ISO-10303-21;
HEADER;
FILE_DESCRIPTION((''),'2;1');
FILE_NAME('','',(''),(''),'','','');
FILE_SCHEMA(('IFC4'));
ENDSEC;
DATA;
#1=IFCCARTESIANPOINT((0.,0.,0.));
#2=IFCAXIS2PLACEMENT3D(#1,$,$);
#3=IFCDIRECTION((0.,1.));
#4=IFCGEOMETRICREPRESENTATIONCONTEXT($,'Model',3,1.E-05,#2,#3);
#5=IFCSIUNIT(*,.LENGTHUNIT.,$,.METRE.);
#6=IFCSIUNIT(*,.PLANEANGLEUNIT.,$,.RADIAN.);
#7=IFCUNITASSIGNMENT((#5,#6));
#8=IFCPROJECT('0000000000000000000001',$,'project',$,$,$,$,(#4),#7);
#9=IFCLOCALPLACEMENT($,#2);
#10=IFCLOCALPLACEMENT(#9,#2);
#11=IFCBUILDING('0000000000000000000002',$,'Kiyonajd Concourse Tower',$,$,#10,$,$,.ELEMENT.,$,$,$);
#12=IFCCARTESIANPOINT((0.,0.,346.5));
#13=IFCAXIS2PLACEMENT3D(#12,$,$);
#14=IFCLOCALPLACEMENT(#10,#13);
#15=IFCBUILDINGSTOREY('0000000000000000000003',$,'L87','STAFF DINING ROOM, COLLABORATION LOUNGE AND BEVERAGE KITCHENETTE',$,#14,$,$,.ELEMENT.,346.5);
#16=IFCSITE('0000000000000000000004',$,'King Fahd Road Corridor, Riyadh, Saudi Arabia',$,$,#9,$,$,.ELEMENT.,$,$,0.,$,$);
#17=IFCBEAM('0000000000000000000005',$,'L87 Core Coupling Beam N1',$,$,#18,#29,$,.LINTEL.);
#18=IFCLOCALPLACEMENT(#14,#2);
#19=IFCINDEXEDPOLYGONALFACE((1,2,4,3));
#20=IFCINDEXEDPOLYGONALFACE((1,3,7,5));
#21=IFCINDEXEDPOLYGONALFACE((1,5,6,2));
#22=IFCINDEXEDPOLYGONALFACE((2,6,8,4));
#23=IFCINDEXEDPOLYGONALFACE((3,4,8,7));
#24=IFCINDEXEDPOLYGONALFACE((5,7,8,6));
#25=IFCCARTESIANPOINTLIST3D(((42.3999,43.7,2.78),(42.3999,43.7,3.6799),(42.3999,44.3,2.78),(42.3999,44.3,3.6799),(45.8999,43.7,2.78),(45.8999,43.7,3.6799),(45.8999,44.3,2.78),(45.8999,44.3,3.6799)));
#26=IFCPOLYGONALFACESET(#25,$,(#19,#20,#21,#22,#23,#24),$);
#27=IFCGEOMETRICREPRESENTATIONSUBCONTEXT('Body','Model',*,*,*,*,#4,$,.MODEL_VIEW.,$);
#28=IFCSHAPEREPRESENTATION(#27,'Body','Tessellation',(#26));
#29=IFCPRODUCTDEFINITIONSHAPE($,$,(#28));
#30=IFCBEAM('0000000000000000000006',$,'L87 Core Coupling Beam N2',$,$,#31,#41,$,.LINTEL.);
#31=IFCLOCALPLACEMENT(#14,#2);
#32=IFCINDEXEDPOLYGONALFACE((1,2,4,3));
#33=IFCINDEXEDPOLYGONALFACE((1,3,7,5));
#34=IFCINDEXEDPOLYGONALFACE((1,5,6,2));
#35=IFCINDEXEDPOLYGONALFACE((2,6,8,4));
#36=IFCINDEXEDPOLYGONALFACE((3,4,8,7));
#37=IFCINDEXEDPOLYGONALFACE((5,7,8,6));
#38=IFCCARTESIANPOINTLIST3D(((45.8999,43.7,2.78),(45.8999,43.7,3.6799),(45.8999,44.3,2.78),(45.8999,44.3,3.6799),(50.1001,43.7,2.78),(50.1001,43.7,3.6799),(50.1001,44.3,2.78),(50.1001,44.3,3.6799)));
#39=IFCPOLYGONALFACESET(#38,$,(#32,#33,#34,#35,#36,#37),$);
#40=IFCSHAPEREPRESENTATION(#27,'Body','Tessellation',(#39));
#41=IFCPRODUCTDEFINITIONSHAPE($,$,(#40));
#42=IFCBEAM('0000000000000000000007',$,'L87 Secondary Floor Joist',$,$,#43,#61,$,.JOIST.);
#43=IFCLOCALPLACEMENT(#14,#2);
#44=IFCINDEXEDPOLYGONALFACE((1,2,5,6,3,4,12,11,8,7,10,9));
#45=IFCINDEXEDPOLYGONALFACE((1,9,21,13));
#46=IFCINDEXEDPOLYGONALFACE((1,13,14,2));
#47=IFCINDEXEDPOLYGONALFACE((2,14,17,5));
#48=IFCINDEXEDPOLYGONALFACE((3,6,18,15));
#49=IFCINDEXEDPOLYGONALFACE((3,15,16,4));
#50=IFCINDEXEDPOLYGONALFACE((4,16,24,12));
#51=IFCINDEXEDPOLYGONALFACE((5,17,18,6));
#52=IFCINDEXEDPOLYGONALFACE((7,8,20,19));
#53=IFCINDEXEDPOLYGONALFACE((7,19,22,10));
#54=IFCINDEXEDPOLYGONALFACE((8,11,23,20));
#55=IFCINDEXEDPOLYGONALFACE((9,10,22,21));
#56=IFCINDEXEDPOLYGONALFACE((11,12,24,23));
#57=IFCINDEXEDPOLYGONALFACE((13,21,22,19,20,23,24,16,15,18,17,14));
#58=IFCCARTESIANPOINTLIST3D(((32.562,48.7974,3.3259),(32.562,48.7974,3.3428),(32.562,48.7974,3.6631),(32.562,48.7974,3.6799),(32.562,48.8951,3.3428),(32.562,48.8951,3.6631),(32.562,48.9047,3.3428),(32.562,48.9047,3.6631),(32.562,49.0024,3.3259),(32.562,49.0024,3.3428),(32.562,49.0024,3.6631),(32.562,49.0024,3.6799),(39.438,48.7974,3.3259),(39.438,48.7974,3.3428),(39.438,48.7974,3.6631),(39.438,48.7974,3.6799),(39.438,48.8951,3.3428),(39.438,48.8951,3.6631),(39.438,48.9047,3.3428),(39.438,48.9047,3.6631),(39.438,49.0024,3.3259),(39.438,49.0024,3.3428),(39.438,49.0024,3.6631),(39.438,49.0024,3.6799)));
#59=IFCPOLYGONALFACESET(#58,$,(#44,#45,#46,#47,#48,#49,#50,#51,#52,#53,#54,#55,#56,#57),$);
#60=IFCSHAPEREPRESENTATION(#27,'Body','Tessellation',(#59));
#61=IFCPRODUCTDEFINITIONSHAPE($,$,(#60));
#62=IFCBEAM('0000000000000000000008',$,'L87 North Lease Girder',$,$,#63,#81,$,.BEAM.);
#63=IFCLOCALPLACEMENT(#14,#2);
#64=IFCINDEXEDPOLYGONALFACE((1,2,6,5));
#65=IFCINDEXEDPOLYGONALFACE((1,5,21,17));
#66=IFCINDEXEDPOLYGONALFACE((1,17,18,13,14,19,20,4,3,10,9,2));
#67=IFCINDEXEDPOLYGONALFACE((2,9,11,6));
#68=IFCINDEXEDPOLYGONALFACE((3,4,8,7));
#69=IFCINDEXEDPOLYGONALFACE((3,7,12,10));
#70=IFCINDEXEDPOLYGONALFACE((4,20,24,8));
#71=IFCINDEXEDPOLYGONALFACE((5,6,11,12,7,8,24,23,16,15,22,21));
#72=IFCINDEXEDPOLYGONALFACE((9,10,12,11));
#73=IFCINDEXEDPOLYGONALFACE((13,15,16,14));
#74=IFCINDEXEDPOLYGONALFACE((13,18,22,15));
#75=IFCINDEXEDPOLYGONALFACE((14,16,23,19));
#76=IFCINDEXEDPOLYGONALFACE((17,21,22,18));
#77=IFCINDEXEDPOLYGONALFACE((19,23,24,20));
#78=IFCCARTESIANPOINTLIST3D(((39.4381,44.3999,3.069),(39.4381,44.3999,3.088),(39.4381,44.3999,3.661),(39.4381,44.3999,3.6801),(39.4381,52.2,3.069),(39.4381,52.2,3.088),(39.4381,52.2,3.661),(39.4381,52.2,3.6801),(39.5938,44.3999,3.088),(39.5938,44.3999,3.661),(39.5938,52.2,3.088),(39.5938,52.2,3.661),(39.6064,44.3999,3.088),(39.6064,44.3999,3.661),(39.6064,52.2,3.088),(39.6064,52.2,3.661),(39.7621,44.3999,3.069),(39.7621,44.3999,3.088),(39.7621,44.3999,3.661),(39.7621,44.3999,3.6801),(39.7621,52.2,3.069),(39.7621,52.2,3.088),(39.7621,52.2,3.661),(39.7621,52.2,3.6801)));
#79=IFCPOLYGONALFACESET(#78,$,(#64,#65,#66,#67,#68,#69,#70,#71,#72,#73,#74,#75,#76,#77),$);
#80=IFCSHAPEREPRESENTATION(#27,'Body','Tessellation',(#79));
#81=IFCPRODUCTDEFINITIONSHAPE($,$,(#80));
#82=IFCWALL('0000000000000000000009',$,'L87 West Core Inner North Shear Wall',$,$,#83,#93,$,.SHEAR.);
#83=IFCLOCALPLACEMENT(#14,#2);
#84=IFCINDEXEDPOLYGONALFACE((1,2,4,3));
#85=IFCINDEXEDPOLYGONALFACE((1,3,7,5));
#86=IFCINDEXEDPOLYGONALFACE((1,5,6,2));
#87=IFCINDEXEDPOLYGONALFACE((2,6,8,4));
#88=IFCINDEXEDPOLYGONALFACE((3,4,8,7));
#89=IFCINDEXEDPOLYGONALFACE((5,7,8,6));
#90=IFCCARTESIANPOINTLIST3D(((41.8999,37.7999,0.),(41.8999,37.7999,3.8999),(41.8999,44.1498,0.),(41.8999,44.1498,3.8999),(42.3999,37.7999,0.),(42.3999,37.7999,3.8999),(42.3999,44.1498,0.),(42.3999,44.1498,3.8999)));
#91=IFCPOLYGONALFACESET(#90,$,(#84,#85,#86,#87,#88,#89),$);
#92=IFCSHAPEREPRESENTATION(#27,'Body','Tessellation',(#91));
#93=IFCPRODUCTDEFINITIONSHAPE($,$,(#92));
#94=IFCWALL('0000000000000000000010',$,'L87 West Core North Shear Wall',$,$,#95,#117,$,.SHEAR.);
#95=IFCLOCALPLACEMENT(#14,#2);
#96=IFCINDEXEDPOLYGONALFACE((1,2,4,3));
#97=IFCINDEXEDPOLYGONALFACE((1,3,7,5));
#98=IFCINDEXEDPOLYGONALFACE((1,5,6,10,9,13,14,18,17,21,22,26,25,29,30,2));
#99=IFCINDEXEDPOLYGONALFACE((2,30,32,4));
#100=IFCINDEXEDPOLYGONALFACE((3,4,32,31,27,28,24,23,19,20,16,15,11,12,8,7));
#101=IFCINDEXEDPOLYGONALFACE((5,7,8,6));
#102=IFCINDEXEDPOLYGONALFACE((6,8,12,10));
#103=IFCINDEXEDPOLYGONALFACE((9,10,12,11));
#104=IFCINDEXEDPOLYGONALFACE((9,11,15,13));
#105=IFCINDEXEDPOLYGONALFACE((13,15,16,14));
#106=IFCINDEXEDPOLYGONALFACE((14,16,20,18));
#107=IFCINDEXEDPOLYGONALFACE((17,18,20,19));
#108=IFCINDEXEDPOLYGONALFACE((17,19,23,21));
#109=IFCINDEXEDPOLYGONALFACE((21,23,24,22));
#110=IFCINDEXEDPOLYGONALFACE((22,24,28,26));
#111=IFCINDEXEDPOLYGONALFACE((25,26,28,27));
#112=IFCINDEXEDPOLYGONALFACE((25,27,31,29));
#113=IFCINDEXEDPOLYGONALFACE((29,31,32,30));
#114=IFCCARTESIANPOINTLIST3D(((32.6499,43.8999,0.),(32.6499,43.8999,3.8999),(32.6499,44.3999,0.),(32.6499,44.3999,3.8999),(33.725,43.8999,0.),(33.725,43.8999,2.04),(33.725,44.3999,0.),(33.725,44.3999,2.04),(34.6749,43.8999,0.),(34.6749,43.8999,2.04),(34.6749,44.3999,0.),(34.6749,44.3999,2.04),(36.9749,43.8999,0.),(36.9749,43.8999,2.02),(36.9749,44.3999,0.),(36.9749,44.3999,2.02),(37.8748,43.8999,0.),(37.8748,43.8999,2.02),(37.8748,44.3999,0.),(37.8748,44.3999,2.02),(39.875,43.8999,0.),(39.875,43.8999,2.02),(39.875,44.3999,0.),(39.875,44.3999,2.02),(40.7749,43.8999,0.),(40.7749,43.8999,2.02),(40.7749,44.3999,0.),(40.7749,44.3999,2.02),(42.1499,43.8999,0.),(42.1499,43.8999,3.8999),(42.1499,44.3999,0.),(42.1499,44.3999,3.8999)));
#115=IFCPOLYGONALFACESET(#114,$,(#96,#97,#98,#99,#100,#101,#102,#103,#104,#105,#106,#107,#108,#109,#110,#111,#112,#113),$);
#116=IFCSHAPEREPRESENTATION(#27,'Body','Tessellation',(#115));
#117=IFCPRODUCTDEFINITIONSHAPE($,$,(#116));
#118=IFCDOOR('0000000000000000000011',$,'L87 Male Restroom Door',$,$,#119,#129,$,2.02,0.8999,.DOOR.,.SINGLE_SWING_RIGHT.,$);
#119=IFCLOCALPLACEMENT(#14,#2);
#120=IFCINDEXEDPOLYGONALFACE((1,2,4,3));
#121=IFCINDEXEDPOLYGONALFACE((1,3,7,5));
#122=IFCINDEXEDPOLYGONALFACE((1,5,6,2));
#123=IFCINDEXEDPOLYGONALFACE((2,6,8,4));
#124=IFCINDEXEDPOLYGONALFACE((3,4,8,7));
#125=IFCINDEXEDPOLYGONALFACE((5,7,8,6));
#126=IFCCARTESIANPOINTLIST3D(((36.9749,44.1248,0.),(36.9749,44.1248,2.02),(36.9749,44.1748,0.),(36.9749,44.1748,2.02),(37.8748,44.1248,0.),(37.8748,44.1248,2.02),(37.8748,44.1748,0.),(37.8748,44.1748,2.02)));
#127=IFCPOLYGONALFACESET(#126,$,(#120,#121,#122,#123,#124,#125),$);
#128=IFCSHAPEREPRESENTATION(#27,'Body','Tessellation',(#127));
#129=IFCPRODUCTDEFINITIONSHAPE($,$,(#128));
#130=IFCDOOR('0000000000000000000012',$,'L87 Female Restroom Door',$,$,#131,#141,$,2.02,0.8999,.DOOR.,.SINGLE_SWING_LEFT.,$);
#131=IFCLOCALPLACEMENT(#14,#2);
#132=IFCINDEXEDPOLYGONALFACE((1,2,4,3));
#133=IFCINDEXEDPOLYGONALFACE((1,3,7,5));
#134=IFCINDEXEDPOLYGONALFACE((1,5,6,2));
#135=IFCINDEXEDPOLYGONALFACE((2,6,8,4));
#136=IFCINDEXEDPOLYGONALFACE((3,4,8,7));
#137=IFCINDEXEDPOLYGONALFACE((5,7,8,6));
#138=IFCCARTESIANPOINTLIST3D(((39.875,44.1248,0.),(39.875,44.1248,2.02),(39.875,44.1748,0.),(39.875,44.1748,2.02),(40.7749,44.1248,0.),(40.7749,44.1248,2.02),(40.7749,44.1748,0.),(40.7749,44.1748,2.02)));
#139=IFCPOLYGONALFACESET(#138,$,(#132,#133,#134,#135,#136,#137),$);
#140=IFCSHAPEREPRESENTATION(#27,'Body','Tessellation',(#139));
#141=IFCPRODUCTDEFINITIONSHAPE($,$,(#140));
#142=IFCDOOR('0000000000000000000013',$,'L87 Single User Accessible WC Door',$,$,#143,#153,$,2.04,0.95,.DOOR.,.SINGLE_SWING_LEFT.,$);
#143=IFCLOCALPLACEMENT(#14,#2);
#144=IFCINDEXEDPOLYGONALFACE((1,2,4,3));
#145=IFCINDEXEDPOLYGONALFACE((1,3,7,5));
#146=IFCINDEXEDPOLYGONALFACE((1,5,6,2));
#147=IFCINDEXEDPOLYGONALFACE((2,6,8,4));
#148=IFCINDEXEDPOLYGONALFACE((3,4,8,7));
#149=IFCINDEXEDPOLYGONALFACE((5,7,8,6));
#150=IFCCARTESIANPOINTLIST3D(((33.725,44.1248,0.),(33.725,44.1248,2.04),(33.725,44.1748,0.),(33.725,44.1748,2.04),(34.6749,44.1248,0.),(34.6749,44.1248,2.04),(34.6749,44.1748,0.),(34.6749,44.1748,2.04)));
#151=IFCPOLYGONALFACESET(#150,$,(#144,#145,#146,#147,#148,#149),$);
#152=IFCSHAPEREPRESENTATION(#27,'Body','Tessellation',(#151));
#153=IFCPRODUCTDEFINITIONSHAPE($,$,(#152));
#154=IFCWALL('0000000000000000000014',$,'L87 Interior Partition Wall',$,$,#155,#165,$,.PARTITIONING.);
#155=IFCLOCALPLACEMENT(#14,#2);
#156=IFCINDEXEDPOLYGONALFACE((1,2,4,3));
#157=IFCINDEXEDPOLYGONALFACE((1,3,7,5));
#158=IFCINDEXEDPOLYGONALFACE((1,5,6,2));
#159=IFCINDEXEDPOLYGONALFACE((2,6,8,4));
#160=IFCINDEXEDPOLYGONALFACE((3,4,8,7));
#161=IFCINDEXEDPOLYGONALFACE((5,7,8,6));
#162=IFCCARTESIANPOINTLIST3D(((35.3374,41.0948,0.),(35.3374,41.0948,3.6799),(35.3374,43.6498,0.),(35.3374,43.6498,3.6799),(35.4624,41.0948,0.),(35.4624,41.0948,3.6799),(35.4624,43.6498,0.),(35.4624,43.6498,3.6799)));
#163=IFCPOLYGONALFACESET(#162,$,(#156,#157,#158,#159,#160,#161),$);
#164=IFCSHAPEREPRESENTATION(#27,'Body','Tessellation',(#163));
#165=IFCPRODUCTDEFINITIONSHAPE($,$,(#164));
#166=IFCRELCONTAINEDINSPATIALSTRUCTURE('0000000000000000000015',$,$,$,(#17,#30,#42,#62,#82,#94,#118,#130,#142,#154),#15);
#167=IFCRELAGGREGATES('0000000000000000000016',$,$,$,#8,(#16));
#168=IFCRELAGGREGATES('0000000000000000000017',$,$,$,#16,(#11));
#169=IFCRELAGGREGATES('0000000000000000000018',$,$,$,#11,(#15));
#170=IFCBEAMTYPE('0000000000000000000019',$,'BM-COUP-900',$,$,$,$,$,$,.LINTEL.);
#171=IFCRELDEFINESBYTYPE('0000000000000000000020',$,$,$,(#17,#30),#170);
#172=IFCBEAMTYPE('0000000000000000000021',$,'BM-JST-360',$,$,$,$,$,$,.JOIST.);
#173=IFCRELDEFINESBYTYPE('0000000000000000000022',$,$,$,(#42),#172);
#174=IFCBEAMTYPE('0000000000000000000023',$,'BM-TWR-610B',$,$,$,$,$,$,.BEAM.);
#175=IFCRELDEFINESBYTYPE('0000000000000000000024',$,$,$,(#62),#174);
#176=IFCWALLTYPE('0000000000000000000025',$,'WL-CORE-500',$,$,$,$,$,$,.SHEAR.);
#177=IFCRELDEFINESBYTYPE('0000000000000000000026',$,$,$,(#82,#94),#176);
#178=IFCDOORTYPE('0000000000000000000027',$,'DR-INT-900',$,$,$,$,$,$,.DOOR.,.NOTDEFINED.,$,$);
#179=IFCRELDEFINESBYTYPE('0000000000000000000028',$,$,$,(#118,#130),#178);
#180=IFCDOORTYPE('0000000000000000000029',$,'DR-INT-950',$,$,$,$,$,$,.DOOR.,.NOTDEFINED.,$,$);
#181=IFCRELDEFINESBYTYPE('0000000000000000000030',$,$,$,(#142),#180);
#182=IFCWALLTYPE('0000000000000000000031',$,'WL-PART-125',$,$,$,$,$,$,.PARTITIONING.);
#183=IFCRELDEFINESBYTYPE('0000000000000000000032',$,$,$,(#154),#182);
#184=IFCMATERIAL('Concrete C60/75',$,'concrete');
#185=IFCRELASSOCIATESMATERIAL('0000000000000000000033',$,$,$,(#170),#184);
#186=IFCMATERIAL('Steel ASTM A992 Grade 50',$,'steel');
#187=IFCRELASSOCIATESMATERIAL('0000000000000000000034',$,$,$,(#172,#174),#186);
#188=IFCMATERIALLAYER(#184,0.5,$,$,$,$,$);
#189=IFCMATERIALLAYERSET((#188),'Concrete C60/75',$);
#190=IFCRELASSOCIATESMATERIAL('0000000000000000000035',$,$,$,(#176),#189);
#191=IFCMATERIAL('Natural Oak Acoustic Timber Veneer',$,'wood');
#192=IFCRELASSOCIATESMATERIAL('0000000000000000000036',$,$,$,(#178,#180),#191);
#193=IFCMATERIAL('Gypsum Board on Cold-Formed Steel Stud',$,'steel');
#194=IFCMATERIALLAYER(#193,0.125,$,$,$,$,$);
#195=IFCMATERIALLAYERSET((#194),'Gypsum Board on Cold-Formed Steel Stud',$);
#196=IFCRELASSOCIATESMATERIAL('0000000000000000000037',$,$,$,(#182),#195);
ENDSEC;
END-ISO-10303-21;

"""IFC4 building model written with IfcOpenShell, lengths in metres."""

from ifc_helpers import new_model, si_unit, direction, frame, frame_2d, origin, origin_2d, place, context, subcontext, project, spatial, rectangle, i_section, extrude, material, layer, layer_set, material_profile, profile_set, type_object, element, fill, save


model = new_model("IFC4")

# Units and contexts
model_context = context("Model", 3, precision=1e-05, world=origin(), true_north=direction((0.0, 1.0)))
body_context = subcontext(model_context, "Body", "Model", "MODEL_VIEW")
ifc_project = project(units=[si_unit("LENGTHUNIT", "METRE"), si_unit("PLANEANGLEUNIT", "RADIAN")], contexts=[model_context])

# Site, building, storey
site_placement = place(None, origin())
site = spatial("IfcSite", under=ifc_project, at=site_placement, Name="King Fahd Road Corridor, Riyadh, Saudi Arabia", CompositionType="ELEMENT", RefElevation=0.0)
building_placement = place(site_placement, origin())
building = spatial("IfcBuilding", under=site, at=building_placement, Name="Kiyonajd Concourse Tower", CompositionType="ELEMENT")
storey_placement = place(building_placement, frame((0.0, 0.0, 346.5)))
storey = spatial("IfcBuildingStorey", under=building, at=storey_placement, Name="L87", Description="STAFF DINING ROOM, COLLABORATION LOUNGE AND BEVERAGE KITCHENETTE", CompositionType="ELEMENT", Elevation=346.5)

# Beams
ifc_material_1 = material(Name="Concrete C60/75", Category="concrete")
ifc_material_profile_1 = material_profile(ifc_material_1, rectangle(XDim=0.6001, YDim=0.8999, at=origin_2d()), Name="RCBM-600x900")
ifc_profile_set_1 = profile_set([ifc_material_profile_1], Name="Concrete C60/75")
beam_type_1 = type_object("IfcBeamType", Name="BM-COUP-900", PredefinedType="LINTEL", material=ifc_profile_set_1)
beam_1_placement = place(storey_placement, frame((42.3999, 44.0, 3.23), z_axis=(1.0, 0.0, 0.0), x_axis=(0.0, 1.0, 0.0)))
element("IfcBeam", 1, at=beam_1_placement, inside=storey, type_object=beam_type_1, Name="L87 Core Coupling Beam N1", PredefinedType="LINTEL", context=body_context, shape_type="SweptSolid", body=[
    extrude(rectangle(XDim=0.6001, YDim=0.8999, at=origin_2d()), origin(), (0.0, 0.0, 1.0), 3.5),
])
beam_2_placement = place(storey_placement, frame((45.8999, 44.0, 3.23), z_axis=(1.0, 0.0, 0.0), x_axis=(0.0, 1.0, 0.0)))
element("IfcBeam", 2, at=beam_2_placement, inside=storey, type_object=beam_type_1, Name="L87 Core Coupling Beam N2", PredefinedType="LINTEL", context=body_context, shape_type="SweptSolid", body=[
    extrude(rectangle(XDim=0.6001, YDim=0.8999, at=origin_2d()), origin(), (0.0, 0.0, 1.0), 4.2002),
])
ifc_material_2 = material(Name="Steel ASTM A992 Grade 50", Category="steel")
ifc_material_profile_2 = material_profile(ifc_material_2, i_section(OverallWidth=0.2051, OverallDepth=0.354, WebThickness=0.0095, FlangeThickness=0.0168, at=origin_2d()), Name="W360X79")
ifc_profile_set_2 = profile_set([ifc_material_profile_2], Name="Steel ASTM A992 Grade 50")
beam_type_2 = type_object("IfcBeamType", Name="BM-JST-360", PredefinedType="JOIST", material=ifc_profile_set_2)
beam_3_placement = place(storey_placement, frame((32.562, 48.8999, 3.5029), z_axis=(1.0, 0.0, 0.0), x_axis=(0.0, 1.0, 0.0)))
element("IfcBeam", 3, at=beam_3_placement, inside=storey, type_object=beam_type_2, Name="L87 Secondary Floor Joist", PredefinedType="JOIST", context=body_context, shape_type="SweptSolid", body=[
    extrude(i_section(OverallWidth=0.2051, OverallDepth=0.354, WebThickness=0.0095, FlangeThickness=0.0168, at=origin_2d()), origin(), (0.0, 0.0, 1.0), 6.876),
])
ifc_material_profile_3 = material_profile(ifc_material_2, i_section(OverallWidth=0.324, OverallDepth=0.6111, WebThickness=0.0127, FlangeThickness=0.019, at=origin_2d()), Name="W610X155")
ifc_profile_set_3 = profile_set([ifc_material_profile_3], Name="Steel ASTM A992 Grade 50")
beam_type_3 = type_object("IfcBeamType", Name="BM-TWR-610B", PredefinedType="BEAM", material=ifc_profile_set_3)
beam_4_placement = place(storey_placement, frame((39.6001, 44.3999, 3.3745), z_axis=(0.0, 1.0, 0.0), x_axis=(-1.0, 0.0, 0.0)))
element("IfcBeam", 4, at=beam_4_placement, inside=storey, type_object=beam_type_3, Name="L87 North Lease Girder", PredefinedType="BEAM", context=body_context, shape_type="SweptSolid", body=[
    extrude(i_section(OverallWidth=0.324, OverallDepth=0.6111, WebThickness=0.0127, FlangeThickness=0.019, at=origin_2d()), origin(), (0.0, 0.0, 1.0), 7.8),
])

# Wall
ifc_layer_1 = layer(ifc_material_1, 0.5)
ifc_layer_set_1 = layer_set([ifc_layer_1], Name="Concrete C60/75")
wall_type_1 = type_object("IfcWallType", Name="WL-CORE-500", PredefinedType="SHEAR", material=ifc_layer_set_1)
wall_1_placement = place(storey_placement, frame((42.1499, 37.8, 0.0), z_axis=(0.0, 0.0, 1.0), x_axis=(0.0, 1.0, 0.0)))
element("IfcWall", 5, at=wall_1_placement, inside=storey, type_object=wall_type_1, Name="L87 West Core Inner North Shear Wall", PredefinedType="SHEAR", context=body_context, shape_type="SweptSolid", body=[
    extrude(rectangle(XDim=6.3499, YDim=0.5, at=frame_2d((3.1748, 0.0))), origin(), (0.0, 0.0, 1.0), 3.8999),
])

# Wall, openings, doors
wall_2_placement = place(storey_placement, frame((32.6499, 44.1499, 0.0), z_axis=(0.0, 0.0, 1.0), x_axis=(1.0, 0.0, 0.0)))
wall_2 = element("IfcWall", 6, at=wall_2_placement, inside=storey, type_object=wall_type_1, Name="L87 West Core North Shear Wall", PredefinedType="SHEAR", context=body_context, shape_type="SweptSolid", body=[
    extrude(rectangle(XDim=9.5, YDim=0.5, at=frame_2d((4.75, 0.0))), origin(), (0.0, 0.0, 1.0), 3.8999),
])
opening_1_placement = place(wall_2_placement, frame((1.075, 0.0, 0.0)))
opening_1 = element("IfcOpeningElement", 7, at=opening_1_placement, cuts=wall_2, PredefinedType="OPENING", context=body_context, shape_type="SweptSolid", body=[
    extrude(rectangle(XDim=0.95, YDim=2.04, at=frame_2d((0.4751, 1.02))), frame((0.0, 0.26, 0.0), z_axis=(0.0, -1.0, 0.0), x_axis=(1.0, 0.0, 0.0)), (0.0, 0.0, 1.0), 0.52),
])
opening_2_placement = place(wall_2_placement, frame((4.325, 0.0, 0.0)))
opening_2 = element("IfcOpeningElement", 8, at=opening_2_placement, cuts=wall_2, PredefinedType="OPENING", context=body_context, shape_type="SweptSolid", body=[
    extrude(rectangle(XDim=0.8999, YDim=2.02, at=frame_2d((0.45, 1.01))), frame((0.0, 0.26, 0.0), z_axis=(0.0, -1.0, 0.0), x_axis=(1.0, 0.0, 0.0)), (0.0, 0.0, 1.0), 0.52),
])
opening_3_placement = place(wall_2_placement, frame((7.2251, 0.0, 0.0)))
opening_3 = element("IfcOpeningElement", 9, at=opening_3_placement, cuts=wall_2, PredefinedType="OPENING", context=body_context, shape_type="SweptSolid", body=[
    extrude(rectangle(XDim=0.8999, YDim=2.02, at=frame_2d((0.45, 1.01))), frame((0.0, 0.26, 0.0), z_axis=(0.0, -1.0, 0.0), x_axis=(1.0, 0.0, 0.0)), (0.0, 0.0, 1.0), 0.52),
])
ifc_material_3 = material(Name="Natural Oak Acoustic Timber Veneer", Category="wood")
door_type_1 = type_object("IfcDoorType", Name="DR-INT-900", OperationType="NOTDEFINED", PredefinedType="DOOR", material=ifc_material_3)
door_1_placement = place(opening_2_placement, origin())
door_1 = element("IfcDoor", 10, at=door_1_placement, inside=storey, type_object=door_type_1, Name="L87 Male Restroom Door", OperationType="SINGLE_SWING_RIGHT", OverallHeight=2.02, OverallWidth=0.8999, PredefinedType="DOOR", context=body_context, shape_type="SweptSolid", body=[
    extrude(rectangle(XDim=0.8999, YDim=2.02, at=frame_2d((0.45, 1.01))), frame((0.0, 0.0249, 0.0), z_axis=(0.0, -1.0, 0.0), x_axis=(1.0, 0.0, 0.0)), (0.0, 0.0, 1.0), 0.05),
])
fill(opening_2, door_1)
door_2_placement = place(opening_3_placement, origin())
door_2 = element("IfcDoor", 11, at=door_2_placement, inside=storey, type_object=door_type_1, Name="L87 Female Restroom Door", OperationType="SINGLE_SWING_LEFT", OverallHeight=2.02, OverallWidth=0.8999, PredefinedType="DOOR", context=body_context, shape_type="SweptSolid", body=[
    extrude(rectangle(XDim=0.8999, YDim=2.02, at=frame_2d((0.45, 1.01))), frame((0.0, 0.0249, 0.0), z_axis=(0.0, -1.0, 0.0), x_axis=(1.0, 0.0, 0.0)), (0.0, 0.0, 1.0), 0.05),
])
fill(opening_3, door_2)
door_type_2 = type_object("IfcDoorType", Name="DR-INT-950", OperationType="NOTDEFINED", PredefinedType="DOOR", material=ifc_material_3)
door_3_placement = place(opening_1_placement, origin())
door_3 = element("IfcDoor", 12, at=door_3_placement, inside=storey, type_object=door_type_2, Name="L87 Single User Accessible WC Door", OperationType="SINGLE_SWING_LEFT", OverallHeight=2.04, OverallWidth=0.95, PredefinedType="DOOR", context=body_context, shape_type="SweptSolid", body=[
    extrude(rectangle(XDim=0.95, YDim=2.04, at=frame_2d((0.4751, 1.02))), frame((0.0, 0.0249, 0.0), z_axis=(0.0, -1.0, 0.0), x_axis=(1.0, 0.0, 0.0)), (0.0, 0.0, 1.0), 0.05),
])
fill(opening_1, door_3)

# Wall
ifc_material_4 = material(Name="Gypsum Board on Cold-Formed Steel Stud", Category="steel")
ifc_layer_2 = layer(ifc_material_4, 0.125)
ifc_layer_set_2 = layer_set([ifc_layer_2], Name="Gypsum Board on Cold-Formed Steel Stud")
wall_type_2 = type_object("IfcWallType", Name="WL-PART-125", PredefinedType="PARTITIONING", material=ifc_layer_set_2)
for number, where, z_axis, x_axis, name in (
    (13, (35.3999, 41.095, 0.0), (0.0, 0.0, 1.0), (0.0, 1.0, 0.0), "L87 Interior Partition Wall"),
):
    element("IfcWall", number, at=place(storey_placement, frame(where, z_axis=z_axis, x_axis=x_axis)), inside=storey, type_object=wall_type_2, Name=name, PredefinedType="PARTITIONING", context=body_context, shape_type="SweptSolid", body=[
        extrude(rectangle(XDim=2.5549, YDim=0.125, at=frame_2d((1.2773, 0.0))), origin(), (0.0, 0.0, 1.0), 3.6799),
    ])

save(model, "model.ifc")
